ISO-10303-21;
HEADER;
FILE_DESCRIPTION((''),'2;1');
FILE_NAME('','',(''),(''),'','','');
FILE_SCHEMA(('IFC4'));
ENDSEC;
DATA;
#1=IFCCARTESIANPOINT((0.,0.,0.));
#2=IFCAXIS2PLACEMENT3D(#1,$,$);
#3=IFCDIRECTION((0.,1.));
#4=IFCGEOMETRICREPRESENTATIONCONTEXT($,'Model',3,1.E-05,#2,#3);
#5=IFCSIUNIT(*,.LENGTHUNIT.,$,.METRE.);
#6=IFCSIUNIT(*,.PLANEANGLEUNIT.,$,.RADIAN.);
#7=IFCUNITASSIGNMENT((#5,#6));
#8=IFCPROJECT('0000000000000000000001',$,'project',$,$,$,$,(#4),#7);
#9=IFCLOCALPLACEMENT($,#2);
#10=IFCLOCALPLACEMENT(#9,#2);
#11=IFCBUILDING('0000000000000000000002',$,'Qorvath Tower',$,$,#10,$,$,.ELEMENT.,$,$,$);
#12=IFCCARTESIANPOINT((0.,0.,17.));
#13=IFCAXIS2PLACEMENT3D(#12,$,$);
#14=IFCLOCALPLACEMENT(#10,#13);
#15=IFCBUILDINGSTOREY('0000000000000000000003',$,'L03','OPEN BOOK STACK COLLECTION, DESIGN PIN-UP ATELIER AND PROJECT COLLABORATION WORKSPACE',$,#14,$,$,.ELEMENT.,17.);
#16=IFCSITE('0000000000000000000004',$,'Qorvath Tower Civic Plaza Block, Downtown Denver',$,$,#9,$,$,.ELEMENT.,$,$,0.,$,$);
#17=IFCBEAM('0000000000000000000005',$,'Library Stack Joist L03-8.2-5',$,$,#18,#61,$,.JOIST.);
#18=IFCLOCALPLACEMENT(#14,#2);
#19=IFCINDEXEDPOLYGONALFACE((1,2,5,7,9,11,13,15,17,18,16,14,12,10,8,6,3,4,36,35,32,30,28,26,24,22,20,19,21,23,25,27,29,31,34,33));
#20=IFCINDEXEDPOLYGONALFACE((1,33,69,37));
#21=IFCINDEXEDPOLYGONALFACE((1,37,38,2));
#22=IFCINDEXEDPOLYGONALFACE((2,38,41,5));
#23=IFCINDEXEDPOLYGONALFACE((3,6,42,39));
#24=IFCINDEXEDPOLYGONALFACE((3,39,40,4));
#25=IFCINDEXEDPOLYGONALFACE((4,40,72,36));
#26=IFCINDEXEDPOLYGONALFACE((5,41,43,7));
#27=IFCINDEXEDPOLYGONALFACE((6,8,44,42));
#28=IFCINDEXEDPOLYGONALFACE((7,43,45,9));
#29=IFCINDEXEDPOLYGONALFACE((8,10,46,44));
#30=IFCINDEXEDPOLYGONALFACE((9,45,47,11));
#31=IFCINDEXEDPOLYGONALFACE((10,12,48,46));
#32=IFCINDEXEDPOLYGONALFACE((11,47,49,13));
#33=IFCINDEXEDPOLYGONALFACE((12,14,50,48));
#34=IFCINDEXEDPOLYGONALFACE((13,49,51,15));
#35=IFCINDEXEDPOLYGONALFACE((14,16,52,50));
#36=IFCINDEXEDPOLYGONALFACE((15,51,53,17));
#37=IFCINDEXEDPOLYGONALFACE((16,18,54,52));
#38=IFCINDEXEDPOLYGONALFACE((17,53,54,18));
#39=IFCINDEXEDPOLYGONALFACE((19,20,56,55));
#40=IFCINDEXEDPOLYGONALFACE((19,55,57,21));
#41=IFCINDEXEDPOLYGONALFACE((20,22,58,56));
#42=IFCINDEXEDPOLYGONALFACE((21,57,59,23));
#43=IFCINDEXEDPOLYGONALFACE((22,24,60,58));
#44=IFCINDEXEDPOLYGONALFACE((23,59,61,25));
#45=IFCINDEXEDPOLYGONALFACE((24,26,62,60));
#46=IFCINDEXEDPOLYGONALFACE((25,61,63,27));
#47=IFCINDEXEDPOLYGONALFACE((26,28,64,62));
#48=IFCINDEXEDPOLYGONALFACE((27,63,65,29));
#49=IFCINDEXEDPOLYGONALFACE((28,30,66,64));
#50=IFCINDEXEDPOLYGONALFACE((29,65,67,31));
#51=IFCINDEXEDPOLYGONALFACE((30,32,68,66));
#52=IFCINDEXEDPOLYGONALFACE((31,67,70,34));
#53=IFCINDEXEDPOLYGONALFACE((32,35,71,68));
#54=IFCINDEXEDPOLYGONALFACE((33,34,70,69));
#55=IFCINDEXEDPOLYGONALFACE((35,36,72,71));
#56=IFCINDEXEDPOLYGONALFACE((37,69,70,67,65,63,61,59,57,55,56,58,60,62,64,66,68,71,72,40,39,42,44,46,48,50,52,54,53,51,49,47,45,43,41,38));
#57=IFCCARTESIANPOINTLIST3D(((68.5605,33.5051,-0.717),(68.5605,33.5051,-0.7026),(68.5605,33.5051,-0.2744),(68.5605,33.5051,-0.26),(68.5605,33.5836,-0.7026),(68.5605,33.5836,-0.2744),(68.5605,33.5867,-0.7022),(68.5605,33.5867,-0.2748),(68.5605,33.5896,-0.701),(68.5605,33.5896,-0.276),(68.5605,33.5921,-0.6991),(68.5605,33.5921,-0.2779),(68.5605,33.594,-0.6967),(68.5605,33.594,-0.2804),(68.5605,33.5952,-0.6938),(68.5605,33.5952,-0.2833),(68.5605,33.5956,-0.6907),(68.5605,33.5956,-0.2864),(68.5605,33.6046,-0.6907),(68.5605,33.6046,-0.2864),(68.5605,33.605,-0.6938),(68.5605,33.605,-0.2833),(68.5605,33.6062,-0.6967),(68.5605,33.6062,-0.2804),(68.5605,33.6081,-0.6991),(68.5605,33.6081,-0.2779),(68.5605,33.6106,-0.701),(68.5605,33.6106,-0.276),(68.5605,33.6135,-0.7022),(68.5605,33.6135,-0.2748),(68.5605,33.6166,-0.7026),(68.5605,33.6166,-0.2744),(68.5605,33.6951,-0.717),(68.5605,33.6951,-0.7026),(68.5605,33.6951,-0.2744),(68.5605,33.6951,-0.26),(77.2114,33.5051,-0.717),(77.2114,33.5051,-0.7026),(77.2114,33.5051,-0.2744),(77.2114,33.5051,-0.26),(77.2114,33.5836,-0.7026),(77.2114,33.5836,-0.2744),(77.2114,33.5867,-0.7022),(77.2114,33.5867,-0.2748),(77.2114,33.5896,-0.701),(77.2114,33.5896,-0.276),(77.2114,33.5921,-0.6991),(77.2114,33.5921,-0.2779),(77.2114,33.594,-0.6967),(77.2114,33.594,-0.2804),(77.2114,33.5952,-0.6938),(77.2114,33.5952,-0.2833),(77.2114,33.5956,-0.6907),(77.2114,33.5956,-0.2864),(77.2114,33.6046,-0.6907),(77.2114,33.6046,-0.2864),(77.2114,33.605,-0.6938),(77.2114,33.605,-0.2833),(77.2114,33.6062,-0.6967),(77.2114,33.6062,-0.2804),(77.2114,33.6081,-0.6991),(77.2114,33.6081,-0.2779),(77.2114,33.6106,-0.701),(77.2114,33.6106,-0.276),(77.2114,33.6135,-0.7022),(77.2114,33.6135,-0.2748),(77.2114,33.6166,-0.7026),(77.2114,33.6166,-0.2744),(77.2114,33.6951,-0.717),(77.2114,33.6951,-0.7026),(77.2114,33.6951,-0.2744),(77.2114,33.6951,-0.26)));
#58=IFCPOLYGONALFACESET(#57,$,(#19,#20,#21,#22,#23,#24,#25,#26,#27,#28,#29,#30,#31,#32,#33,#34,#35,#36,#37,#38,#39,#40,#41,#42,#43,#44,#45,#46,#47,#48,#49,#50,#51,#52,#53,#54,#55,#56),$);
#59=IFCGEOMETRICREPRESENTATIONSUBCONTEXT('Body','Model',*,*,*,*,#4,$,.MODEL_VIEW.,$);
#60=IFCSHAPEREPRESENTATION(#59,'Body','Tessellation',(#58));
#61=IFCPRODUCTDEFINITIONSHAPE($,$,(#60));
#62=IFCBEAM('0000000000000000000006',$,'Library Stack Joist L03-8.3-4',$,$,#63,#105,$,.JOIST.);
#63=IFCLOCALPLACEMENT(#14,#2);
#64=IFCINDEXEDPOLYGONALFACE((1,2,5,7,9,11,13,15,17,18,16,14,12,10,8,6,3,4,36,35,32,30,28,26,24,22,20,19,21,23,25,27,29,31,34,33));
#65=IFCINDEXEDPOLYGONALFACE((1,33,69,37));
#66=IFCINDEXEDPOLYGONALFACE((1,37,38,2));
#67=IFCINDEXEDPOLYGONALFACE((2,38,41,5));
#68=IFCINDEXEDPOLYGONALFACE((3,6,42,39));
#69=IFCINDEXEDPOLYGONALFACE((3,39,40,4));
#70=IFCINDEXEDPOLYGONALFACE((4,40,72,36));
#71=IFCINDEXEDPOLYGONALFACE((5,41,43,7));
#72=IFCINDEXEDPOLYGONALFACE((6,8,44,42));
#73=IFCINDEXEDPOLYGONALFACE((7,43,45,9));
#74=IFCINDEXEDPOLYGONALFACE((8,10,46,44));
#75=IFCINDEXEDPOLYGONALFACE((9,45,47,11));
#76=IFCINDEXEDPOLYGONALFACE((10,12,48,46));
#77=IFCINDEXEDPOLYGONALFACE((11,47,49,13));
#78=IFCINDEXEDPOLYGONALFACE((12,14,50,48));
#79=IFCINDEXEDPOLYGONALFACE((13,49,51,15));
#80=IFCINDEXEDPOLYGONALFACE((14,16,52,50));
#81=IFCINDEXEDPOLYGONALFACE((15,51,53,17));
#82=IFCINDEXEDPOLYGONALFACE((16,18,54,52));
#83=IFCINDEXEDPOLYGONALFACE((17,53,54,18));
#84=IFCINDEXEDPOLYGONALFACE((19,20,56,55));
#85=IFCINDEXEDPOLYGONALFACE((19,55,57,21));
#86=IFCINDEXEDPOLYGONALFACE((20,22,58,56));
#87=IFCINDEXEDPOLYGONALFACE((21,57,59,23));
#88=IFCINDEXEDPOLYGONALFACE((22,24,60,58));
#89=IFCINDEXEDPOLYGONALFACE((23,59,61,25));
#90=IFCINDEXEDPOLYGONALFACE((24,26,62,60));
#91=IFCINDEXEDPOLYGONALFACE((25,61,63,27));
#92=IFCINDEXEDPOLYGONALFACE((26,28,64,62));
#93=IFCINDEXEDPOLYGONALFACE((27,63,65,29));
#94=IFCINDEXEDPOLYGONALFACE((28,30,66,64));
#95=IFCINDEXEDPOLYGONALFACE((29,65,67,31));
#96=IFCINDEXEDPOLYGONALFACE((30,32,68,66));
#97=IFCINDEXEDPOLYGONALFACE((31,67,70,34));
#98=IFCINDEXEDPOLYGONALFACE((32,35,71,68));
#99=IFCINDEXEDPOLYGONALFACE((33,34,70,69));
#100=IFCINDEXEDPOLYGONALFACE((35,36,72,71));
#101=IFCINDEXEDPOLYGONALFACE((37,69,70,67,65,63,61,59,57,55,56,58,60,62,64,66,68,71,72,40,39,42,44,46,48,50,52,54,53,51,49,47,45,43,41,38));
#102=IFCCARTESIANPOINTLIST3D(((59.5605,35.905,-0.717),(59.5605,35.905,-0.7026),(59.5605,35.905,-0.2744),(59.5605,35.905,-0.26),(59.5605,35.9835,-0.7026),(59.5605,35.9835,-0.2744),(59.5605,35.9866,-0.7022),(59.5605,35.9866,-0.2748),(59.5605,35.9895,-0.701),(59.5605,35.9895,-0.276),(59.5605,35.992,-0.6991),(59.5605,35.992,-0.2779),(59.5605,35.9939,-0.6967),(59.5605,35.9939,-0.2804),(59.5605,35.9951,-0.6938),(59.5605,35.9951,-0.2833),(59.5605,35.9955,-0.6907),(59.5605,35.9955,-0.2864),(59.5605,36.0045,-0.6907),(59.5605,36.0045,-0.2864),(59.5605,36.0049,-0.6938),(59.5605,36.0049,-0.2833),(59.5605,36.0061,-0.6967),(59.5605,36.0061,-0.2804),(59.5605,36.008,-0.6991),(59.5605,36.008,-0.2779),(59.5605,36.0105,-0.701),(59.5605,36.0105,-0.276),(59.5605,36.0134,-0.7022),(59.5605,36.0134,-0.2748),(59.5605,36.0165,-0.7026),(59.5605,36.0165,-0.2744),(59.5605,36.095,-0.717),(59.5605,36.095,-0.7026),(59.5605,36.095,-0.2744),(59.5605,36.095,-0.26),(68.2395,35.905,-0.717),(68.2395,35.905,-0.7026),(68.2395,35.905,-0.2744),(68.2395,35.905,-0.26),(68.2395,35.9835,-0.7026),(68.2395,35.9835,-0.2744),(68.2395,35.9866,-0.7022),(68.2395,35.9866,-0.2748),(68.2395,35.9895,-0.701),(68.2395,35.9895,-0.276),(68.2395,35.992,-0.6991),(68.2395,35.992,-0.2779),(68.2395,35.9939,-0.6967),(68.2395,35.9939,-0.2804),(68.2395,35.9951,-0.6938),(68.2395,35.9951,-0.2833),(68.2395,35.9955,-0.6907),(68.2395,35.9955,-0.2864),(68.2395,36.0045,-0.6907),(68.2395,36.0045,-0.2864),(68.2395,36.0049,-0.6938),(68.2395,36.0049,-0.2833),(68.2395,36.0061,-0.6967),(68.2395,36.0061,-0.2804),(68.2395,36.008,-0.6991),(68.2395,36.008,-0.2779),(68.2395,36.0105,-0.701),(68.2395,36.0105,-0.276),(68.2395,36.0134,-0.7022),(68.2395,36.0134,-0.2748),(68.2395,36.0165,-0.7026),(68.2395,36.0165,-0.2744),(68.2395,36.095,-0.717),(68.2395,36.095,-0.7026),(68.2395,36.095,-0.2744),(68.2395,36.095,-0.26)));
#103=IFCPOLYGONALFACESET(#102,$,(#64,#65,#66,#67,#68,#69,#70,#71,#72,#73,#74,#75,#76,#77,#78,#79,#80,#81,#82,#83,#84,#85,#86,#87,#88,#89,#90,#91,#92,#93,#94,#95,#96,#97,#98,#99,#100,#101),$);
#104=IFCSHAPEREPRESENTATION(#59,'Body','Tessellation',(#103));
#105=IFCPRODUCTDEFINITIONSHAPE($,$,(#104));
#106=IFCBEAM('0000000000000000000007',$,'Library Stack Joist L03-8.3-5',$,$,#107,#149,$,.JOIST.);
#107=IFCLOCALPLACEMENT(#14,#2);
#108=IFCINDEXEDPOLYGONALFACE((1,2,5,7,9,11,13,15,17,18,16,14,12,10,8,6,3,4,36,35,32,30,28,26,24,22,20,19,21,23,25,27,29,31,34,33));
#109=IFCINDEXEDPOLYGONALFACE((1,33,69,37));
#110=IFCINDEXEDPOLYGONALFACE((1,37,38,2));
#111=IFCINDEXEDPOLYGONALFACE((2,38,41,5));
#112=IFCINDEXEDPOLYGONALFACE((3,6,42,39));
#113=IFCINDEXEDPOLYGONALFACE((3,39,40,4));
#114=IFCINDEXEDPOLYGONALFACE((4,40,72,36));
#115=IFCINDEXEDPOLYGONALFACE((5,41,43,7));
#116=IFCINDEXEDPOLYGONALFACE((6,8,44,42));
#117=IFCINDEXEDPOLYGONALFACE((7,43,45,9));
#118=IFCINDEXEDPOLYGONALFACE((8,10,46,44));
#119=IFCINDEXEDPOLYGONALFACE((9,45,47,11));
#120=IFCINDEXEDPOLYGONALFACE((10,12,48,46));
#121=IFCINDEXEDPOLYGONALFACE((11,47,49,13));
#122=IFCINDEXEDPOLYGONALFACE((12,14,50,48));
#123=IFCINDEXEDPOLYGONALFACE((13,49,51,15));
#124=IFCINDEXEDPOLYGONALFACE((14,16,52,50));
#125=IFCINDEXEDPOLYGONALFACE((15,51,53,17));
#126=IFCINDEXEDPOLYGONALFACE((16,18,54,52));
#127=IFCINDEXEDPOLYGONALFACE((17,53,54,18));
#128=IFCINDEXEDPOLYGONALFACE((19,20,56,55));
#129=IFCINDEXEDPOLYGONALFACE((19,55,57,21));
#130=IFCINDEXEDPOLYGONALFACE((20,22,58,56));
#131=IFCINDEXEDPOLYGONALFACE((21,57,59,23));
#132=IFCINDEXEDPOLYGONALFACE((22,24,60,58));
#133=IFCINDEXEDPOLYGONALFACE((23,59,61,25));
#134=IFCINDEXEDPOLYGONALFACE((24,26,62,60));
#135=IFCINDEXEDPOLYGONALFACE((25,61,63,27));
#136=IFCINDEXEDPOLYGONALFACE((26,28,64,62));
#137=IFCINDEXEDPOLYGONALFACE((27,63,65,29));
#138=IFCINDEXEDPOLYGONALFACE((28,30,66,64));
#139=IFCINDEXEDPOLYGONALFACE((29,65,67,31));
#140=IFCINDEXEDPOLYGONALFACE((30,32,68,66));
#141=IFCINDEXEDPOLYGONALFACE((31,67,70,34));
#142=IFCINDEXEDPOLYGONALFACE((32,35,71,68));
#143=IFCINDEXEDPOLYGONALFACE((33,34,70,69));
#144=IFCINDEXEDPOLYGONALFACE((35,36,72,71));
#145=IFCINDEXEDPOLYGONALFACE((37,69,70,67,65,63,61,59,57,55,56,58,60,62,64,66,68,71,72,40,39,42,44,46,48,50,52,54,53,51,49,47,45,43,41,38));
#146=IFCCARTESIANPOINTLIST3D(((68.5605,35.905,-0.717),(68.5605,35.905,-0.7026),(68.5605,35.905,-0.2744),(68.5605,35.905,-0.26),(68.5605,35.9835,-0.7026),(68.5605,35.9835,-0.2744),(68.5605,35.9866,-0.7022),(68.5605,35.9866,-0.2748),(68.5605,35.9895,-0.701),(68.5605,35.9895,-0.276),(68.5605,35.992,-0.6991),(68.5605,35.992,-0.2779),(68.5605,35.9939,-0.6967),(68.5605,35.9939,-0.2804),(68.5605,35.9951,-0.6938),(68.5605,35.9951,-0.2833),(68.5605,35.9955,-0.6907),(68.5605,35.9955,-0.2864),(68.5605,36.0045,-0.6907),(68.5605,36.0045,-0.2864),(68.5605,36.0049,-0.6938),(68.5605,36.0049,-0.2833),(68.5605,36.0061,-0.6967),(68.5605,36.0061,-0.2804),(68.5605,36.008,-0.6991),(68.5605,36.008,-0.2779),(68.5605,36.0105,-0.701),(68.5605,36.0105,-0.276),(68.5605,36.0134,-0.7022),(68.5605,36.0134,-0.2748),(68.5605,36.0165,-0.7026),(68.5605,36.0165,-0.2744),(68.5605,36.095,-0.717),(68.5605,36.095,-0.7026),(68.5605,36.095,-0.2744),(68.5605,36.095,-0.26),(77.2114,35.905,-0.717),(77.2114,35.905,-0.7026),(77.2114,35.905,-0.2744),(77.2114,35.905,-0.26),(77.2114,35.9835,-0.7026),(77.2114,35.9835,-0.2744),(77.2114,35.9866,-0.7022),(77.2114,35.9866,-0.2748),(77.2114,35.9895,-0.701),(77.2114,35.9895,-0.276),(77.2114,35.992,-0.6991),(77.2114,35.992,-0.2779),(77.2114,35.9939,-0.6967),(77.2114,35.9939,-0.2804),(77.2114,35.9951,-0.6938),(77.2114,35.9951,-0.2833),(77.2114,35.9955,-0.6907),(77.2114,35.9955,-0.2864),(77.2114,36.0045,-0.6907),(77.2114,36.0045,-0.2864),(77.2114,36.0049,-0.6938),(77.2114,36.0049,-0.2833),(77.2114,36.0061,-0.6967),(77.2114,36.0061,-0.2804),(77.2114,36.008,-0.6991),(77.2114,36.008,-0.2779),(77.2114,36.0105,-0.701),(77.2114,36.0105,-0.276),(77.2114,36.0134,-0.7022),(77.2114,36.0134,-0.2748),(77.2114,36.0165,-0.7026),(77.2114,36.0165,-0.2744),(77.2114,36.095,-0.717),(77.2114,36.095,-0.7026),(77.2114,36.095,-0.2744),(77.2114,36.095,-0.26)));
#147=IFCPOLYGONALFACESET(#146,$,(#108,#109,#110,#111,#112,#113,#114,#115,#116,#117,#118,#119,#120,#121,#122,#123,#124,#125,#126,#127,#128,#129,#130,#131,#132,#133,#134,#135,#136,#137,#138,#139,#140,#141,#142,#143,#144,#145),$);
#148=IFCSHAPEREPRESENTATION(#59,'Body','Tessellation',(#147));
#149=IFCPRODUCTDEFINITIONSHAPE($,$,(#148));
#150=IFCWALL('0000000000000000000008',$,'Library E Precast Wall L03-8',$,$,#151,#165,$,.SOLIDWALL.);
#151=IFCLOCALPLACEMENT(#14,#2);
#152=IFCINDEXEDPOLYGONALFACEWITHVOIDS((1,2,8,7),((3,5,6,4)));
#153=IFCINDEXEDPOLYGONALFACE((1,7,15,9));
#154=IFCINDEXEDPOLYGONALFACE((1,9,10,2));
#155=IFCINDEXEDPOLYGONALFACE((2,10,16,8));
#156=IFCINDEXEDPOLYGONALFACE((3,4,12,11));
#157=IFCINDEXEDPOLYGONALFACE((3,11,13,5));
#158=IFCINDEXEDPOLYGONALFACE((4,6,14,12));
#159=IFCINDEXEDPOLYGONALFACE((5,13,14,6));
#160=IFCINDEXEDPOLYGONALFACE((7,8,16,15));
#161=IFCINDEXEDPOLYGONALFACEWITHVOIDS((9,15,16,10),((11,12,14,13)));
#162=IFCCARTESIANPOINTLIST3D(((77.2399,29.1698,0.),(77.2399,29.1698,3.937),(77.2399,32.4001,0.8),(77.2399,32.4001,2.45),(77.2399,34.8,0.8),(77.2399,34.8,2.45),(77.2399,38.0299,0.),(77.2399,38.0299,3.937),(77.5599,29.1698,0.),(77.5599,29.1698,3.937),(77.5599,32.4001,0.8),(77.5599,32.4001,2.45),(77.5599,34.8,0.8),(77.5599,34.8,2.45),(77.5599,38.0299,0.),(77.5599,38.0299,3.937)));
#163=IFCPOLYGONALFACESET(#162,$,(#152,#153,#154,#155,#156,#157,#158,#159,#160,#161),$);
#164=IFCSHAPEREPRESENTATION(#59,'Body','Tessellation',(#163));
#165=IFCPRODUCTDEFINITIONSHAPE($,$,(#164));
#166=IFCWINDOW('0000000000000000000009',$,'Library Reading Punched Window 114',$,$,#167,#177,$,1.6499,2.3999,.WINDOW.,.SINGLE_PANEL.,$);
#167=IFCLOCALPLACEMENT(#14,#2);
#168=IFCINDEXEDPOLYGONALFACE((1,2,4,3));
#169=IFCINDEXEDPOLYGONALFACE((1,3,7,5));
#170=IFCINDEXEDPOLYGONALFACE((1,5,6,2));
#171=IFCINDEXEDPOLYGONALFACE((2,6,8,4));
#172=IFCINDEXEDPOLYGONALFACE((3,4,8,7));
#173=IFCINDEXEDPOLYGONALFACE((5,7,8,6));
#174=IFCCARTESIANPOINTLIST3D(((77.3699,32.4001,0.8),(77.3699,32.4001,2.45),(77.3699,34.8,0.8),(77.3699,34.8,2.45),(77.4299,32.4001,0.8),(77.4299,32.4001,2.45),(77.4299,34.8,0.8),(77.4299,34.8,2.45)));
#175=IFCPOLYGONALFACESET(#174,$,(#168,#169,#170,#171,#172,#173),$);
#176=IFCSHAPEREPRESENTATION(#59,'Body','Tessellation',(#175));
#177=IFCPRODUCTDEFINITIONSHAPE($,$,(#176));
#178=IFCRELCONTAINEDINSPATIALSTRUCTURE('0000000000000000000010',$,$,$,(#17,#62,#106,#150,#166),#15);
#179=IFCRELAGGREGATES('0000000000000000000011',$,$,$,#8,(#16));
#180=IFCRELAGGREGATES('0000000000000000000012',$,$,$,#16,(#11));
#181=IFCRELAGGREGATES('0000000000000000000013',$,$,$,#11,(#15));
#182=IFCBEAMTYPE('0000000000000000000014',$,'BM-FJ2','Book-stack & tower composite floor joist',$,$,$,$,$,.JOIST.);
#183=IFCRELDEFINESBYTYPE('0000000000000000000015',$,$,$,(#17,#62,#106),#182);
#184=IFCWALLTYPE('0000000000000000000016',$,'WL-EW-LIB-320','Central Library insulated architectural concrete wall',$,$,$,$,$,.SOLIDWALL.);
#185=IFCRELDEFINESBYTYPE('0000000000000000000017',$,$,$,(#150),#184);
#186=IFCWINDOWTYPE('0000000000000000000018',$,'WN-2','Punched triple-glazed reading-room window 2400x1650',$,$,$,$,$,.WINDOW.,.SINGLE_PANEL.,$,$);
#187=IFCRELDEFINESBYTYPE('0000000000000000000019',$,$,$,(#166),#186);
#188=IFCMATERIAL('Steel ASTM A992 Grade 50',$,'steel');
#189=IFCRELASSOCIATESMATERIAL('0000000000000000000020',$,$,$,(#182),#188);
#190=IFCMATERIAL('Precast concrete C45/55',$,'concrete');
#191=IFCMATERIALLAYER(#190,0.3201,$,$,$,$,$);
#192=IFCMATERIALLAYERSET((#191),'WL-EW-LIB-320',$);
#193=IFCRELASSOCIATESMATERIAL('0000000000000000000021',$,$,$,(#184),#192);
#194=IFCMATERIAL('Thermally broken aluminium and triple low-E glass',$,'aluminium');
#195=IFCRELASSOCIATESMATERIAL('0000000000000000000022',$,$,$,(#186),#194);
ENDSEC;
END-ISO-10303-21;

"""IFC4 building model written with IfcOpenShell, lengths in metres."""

from ifc_helpers import new_model, si_unit, direction, frame, frame_2d, origin, origin_2d, place, context, subcontext, project, spatial, rectangle, i_section, extrude, material, layer, layer_set, material_profile, profile_set, type_object, element, fill, save


model = new_model("IFC4")

# Units and contexts
model_context = context("Model", 3, precision=1e-05, world=origin(), true_north=direction((0.0, 1.0)))
body_context = subcontext(model_context, "Body", "Model", "MODEL_VIEW")
ifc_project = project(units=[si_unit("LENGTHUNIT", "METRE"), si_unit("PLANEANGLEUNIT", "RADIAN")], contexts=[model_context])

# Site, building, storey
site_placement = place(None, origin())
site = spatial("IfcSite", under=ifc_project, at=site_placement, Name="Qorvath Tower Civic Plaza Block, Downtown Denver", CompositionType="ELEMENT", RefElevation=0.0)
building_placement = place(site_placement, origin())
building = spatial("IfcBuilding", under=site, at=building_placement, Name="Qorvath Tower", CompositionType="ELEMENT")
storey_placement = place(building_placement, frame((0.0, 0.0, 17.0)))
storey = spatial("IfcBuildingStorey", under=building, at=storey_placement, Name="L03", Description="OPEN BOOK STACK COLLECTION, DESIGN PIN-UP ATELIER AND PROJECT COLLABORATION WORKSPACE", CompositionType="ELEMENT", Elevation=17.0)

# Beams
ifc_material_1 = material(Name="Steel ASTM A992 Grade 50", Category="steel")
ifc_material_profile_1 = material_profile(ifc_material_1, i_section(OverallWidth=0.1899, OverallDepth=0.457, WebThickness=0.009, FlangeThickness=0.0144, FilletRadius=0.012, at=origin_2d()), Name="W18x50")
ifc_profile_set_1 = profile_set([ifc_material_profile_1], Name="Steel ASTM A992 Grade 50")
beam_type_1 = type_object("IfcBeamType", Name="BM-FJ2", Description="Book-stack & tower composite floor joist", PredefinedType="JOIST", material=ifc_profile_set_1)
beam_1_placement = place(storey_placement, frame((68.5605, 33.6001, -0.4885), z_axis=(1.0, 0.0, 0.0), x_axis=(0.0, 1.0, 0.0)))
element("IfcBeam", 1, at=beam_1_placement, inside=storey, type_object=beam_type_1, Name="Library Stack Joist L03-8.2-5", PredefinedType="JOIST", context=body_context, shape_type="SweptSolid", body=[
    extrude(i_section(OverallWidth=0.1899, OverallDepth=0.457, WebThickness=0.009, FlangeThickness=0.0144, FilletRadius=0.012, at=origin_2d()), origin(), (0.0, 0.0, 1.0), 8.6509),
])
beam_2_placement = place(storey_placement, frame((59.5605, 36.0, -0.4885), z_axis=(1.0, 0.0, 0.0), x_axis=(0.0, 1.0, 0.0)))
element("IfcBeam", 2, at=beam_2_placement, inside=storey, type_object=beam_type_1, Name="Library Stack Joist L03-8.3-4", PredefinedType="JOIST", context=body_context, shape_type="SweptSolid", body=[
    extrude(i_section(OverallWidth=0.1899, OverallDepth=0.457, WebThickness=0.009, FlangeThickness=0.0144, FilletRadius=0.012, at=origin_2d()), origin(), (0.0, 0.0, 1.0), 8.679),
])
beam_3_placement = place(storey_placement, frame((68.5605, 36.0, -0.4885), z_axis=(1.0, 0.0, 0.0), x_axis=(0.0, 1.0, 0.0)))
element("IfcBeam", 3, at=beam_3_placement, inside=storey, type_object=beam_type_1, Name="Library Stack Joist L03-8.3-5", PredefinedType="JOIST", context=body_context, shape_type="SweptSolid", body=[
    extrude(i_section(OverallWidth=0.1899, OverallDepth=0.457, WebThickness=0.009, FlangeThickness=0.0144, FilletRadius=0.012, at=origin_2d()), origin(), (0.0, 0.0, 1.0), 8.6509),
])

# Wall, opening, window
ifc_material_2 = material(Name="Precast concrete C45/55", Category="concrete")
ifc_layer = layer(ifc_material_2, 0.3201)
ifc_layer_set = layer_set([ifc_layer], Name="WL-EW-LIB-320")
wall_type = type_object("IfcWallType", Name="WL-EW-LIB-320", Description="Central Library insulated architectural concrete wall", PredefinedType="SOLIDWALL", material=ifc_layer_set)
wall_1_placement = place(storey_placement, frame((77.3999, 38.03, 0.0), z_axis=(0.0, 0.0, 1.0), x_axis=(0.0, -1.0, 0.0)))
wall_1 = element("IfcWall", 4, at=wall_1_placement, inside=storey, type_object=wall_type, Name="Library E Precast Wall L03-8", PredefinedType="SOLIDWALL", context=body_context, shape_type="SweptSolid", body=[
    extrude(rectangle(XDim=8.8601, YDim=0.3201, at=frame_2d((4.4302, 0.0))), origin(), (0.0, 0.0, 1.0), 3.937),
])
opening_1_placement = place(wall_1_placement, frame((3.23, 0.0, 0.8)))
opening_1 = element("IfcOpeningElement", 5, at=opening_1_placement, cuts=wall_1, PredefinedType="OPENING", context=body_context, shape_type="SweptSolid", body=[
    extrude(rectangle(XDim=2.3999, YDim=1.6499, at=frame_2d((1.2, 0.825))), frame((0.0, 0.1699, 0.0), z_axis=(0.0, -1.0, 0.0), x_axis=(1.0, 0.0, 0.0)), (0.0, 0.0, 1.0), 0.3401),
])
ifc_material_3 = material(Name="Thermally broken aluminium and triple low-E glass", Category="aluminium")
window_type = type_object("IfcWindowType", Name="WN-2", Description="Punched triple-glazed reading-room window 2400x1650", PartitioningType="SINGLE_PANEL", PredefinedType="WINDOW", material=ifc_material_3)
window_1_placement = place(opening_1_placement, origin())
window_1 = element("IfcWindow", 6, at=window_1_placement, inside=storey, type_object=window_type, Name="Library Reading Punched Window 114", OverallHeight=1.6499, OverallWidth=2.3999, PartitioningType="SINGLE_PANEL", PredefinedType="WINDOW", context=body_context, shape_type="SweptSolid", body=[
    extrude(rectangle(XDim=2.3999, YDim=1.6499, at=frame_2d((1.2, 0.825))), frame((0.0, 0.03, 0.0), z_axis=(0.0, -1.0, 0.0), x_axis=(1.0, 0.0, 0.0)), (0.0, 0.0, 1.0), 0.0601),
])
fill(opening_1, window_1)

save(model, "model.ifc")
